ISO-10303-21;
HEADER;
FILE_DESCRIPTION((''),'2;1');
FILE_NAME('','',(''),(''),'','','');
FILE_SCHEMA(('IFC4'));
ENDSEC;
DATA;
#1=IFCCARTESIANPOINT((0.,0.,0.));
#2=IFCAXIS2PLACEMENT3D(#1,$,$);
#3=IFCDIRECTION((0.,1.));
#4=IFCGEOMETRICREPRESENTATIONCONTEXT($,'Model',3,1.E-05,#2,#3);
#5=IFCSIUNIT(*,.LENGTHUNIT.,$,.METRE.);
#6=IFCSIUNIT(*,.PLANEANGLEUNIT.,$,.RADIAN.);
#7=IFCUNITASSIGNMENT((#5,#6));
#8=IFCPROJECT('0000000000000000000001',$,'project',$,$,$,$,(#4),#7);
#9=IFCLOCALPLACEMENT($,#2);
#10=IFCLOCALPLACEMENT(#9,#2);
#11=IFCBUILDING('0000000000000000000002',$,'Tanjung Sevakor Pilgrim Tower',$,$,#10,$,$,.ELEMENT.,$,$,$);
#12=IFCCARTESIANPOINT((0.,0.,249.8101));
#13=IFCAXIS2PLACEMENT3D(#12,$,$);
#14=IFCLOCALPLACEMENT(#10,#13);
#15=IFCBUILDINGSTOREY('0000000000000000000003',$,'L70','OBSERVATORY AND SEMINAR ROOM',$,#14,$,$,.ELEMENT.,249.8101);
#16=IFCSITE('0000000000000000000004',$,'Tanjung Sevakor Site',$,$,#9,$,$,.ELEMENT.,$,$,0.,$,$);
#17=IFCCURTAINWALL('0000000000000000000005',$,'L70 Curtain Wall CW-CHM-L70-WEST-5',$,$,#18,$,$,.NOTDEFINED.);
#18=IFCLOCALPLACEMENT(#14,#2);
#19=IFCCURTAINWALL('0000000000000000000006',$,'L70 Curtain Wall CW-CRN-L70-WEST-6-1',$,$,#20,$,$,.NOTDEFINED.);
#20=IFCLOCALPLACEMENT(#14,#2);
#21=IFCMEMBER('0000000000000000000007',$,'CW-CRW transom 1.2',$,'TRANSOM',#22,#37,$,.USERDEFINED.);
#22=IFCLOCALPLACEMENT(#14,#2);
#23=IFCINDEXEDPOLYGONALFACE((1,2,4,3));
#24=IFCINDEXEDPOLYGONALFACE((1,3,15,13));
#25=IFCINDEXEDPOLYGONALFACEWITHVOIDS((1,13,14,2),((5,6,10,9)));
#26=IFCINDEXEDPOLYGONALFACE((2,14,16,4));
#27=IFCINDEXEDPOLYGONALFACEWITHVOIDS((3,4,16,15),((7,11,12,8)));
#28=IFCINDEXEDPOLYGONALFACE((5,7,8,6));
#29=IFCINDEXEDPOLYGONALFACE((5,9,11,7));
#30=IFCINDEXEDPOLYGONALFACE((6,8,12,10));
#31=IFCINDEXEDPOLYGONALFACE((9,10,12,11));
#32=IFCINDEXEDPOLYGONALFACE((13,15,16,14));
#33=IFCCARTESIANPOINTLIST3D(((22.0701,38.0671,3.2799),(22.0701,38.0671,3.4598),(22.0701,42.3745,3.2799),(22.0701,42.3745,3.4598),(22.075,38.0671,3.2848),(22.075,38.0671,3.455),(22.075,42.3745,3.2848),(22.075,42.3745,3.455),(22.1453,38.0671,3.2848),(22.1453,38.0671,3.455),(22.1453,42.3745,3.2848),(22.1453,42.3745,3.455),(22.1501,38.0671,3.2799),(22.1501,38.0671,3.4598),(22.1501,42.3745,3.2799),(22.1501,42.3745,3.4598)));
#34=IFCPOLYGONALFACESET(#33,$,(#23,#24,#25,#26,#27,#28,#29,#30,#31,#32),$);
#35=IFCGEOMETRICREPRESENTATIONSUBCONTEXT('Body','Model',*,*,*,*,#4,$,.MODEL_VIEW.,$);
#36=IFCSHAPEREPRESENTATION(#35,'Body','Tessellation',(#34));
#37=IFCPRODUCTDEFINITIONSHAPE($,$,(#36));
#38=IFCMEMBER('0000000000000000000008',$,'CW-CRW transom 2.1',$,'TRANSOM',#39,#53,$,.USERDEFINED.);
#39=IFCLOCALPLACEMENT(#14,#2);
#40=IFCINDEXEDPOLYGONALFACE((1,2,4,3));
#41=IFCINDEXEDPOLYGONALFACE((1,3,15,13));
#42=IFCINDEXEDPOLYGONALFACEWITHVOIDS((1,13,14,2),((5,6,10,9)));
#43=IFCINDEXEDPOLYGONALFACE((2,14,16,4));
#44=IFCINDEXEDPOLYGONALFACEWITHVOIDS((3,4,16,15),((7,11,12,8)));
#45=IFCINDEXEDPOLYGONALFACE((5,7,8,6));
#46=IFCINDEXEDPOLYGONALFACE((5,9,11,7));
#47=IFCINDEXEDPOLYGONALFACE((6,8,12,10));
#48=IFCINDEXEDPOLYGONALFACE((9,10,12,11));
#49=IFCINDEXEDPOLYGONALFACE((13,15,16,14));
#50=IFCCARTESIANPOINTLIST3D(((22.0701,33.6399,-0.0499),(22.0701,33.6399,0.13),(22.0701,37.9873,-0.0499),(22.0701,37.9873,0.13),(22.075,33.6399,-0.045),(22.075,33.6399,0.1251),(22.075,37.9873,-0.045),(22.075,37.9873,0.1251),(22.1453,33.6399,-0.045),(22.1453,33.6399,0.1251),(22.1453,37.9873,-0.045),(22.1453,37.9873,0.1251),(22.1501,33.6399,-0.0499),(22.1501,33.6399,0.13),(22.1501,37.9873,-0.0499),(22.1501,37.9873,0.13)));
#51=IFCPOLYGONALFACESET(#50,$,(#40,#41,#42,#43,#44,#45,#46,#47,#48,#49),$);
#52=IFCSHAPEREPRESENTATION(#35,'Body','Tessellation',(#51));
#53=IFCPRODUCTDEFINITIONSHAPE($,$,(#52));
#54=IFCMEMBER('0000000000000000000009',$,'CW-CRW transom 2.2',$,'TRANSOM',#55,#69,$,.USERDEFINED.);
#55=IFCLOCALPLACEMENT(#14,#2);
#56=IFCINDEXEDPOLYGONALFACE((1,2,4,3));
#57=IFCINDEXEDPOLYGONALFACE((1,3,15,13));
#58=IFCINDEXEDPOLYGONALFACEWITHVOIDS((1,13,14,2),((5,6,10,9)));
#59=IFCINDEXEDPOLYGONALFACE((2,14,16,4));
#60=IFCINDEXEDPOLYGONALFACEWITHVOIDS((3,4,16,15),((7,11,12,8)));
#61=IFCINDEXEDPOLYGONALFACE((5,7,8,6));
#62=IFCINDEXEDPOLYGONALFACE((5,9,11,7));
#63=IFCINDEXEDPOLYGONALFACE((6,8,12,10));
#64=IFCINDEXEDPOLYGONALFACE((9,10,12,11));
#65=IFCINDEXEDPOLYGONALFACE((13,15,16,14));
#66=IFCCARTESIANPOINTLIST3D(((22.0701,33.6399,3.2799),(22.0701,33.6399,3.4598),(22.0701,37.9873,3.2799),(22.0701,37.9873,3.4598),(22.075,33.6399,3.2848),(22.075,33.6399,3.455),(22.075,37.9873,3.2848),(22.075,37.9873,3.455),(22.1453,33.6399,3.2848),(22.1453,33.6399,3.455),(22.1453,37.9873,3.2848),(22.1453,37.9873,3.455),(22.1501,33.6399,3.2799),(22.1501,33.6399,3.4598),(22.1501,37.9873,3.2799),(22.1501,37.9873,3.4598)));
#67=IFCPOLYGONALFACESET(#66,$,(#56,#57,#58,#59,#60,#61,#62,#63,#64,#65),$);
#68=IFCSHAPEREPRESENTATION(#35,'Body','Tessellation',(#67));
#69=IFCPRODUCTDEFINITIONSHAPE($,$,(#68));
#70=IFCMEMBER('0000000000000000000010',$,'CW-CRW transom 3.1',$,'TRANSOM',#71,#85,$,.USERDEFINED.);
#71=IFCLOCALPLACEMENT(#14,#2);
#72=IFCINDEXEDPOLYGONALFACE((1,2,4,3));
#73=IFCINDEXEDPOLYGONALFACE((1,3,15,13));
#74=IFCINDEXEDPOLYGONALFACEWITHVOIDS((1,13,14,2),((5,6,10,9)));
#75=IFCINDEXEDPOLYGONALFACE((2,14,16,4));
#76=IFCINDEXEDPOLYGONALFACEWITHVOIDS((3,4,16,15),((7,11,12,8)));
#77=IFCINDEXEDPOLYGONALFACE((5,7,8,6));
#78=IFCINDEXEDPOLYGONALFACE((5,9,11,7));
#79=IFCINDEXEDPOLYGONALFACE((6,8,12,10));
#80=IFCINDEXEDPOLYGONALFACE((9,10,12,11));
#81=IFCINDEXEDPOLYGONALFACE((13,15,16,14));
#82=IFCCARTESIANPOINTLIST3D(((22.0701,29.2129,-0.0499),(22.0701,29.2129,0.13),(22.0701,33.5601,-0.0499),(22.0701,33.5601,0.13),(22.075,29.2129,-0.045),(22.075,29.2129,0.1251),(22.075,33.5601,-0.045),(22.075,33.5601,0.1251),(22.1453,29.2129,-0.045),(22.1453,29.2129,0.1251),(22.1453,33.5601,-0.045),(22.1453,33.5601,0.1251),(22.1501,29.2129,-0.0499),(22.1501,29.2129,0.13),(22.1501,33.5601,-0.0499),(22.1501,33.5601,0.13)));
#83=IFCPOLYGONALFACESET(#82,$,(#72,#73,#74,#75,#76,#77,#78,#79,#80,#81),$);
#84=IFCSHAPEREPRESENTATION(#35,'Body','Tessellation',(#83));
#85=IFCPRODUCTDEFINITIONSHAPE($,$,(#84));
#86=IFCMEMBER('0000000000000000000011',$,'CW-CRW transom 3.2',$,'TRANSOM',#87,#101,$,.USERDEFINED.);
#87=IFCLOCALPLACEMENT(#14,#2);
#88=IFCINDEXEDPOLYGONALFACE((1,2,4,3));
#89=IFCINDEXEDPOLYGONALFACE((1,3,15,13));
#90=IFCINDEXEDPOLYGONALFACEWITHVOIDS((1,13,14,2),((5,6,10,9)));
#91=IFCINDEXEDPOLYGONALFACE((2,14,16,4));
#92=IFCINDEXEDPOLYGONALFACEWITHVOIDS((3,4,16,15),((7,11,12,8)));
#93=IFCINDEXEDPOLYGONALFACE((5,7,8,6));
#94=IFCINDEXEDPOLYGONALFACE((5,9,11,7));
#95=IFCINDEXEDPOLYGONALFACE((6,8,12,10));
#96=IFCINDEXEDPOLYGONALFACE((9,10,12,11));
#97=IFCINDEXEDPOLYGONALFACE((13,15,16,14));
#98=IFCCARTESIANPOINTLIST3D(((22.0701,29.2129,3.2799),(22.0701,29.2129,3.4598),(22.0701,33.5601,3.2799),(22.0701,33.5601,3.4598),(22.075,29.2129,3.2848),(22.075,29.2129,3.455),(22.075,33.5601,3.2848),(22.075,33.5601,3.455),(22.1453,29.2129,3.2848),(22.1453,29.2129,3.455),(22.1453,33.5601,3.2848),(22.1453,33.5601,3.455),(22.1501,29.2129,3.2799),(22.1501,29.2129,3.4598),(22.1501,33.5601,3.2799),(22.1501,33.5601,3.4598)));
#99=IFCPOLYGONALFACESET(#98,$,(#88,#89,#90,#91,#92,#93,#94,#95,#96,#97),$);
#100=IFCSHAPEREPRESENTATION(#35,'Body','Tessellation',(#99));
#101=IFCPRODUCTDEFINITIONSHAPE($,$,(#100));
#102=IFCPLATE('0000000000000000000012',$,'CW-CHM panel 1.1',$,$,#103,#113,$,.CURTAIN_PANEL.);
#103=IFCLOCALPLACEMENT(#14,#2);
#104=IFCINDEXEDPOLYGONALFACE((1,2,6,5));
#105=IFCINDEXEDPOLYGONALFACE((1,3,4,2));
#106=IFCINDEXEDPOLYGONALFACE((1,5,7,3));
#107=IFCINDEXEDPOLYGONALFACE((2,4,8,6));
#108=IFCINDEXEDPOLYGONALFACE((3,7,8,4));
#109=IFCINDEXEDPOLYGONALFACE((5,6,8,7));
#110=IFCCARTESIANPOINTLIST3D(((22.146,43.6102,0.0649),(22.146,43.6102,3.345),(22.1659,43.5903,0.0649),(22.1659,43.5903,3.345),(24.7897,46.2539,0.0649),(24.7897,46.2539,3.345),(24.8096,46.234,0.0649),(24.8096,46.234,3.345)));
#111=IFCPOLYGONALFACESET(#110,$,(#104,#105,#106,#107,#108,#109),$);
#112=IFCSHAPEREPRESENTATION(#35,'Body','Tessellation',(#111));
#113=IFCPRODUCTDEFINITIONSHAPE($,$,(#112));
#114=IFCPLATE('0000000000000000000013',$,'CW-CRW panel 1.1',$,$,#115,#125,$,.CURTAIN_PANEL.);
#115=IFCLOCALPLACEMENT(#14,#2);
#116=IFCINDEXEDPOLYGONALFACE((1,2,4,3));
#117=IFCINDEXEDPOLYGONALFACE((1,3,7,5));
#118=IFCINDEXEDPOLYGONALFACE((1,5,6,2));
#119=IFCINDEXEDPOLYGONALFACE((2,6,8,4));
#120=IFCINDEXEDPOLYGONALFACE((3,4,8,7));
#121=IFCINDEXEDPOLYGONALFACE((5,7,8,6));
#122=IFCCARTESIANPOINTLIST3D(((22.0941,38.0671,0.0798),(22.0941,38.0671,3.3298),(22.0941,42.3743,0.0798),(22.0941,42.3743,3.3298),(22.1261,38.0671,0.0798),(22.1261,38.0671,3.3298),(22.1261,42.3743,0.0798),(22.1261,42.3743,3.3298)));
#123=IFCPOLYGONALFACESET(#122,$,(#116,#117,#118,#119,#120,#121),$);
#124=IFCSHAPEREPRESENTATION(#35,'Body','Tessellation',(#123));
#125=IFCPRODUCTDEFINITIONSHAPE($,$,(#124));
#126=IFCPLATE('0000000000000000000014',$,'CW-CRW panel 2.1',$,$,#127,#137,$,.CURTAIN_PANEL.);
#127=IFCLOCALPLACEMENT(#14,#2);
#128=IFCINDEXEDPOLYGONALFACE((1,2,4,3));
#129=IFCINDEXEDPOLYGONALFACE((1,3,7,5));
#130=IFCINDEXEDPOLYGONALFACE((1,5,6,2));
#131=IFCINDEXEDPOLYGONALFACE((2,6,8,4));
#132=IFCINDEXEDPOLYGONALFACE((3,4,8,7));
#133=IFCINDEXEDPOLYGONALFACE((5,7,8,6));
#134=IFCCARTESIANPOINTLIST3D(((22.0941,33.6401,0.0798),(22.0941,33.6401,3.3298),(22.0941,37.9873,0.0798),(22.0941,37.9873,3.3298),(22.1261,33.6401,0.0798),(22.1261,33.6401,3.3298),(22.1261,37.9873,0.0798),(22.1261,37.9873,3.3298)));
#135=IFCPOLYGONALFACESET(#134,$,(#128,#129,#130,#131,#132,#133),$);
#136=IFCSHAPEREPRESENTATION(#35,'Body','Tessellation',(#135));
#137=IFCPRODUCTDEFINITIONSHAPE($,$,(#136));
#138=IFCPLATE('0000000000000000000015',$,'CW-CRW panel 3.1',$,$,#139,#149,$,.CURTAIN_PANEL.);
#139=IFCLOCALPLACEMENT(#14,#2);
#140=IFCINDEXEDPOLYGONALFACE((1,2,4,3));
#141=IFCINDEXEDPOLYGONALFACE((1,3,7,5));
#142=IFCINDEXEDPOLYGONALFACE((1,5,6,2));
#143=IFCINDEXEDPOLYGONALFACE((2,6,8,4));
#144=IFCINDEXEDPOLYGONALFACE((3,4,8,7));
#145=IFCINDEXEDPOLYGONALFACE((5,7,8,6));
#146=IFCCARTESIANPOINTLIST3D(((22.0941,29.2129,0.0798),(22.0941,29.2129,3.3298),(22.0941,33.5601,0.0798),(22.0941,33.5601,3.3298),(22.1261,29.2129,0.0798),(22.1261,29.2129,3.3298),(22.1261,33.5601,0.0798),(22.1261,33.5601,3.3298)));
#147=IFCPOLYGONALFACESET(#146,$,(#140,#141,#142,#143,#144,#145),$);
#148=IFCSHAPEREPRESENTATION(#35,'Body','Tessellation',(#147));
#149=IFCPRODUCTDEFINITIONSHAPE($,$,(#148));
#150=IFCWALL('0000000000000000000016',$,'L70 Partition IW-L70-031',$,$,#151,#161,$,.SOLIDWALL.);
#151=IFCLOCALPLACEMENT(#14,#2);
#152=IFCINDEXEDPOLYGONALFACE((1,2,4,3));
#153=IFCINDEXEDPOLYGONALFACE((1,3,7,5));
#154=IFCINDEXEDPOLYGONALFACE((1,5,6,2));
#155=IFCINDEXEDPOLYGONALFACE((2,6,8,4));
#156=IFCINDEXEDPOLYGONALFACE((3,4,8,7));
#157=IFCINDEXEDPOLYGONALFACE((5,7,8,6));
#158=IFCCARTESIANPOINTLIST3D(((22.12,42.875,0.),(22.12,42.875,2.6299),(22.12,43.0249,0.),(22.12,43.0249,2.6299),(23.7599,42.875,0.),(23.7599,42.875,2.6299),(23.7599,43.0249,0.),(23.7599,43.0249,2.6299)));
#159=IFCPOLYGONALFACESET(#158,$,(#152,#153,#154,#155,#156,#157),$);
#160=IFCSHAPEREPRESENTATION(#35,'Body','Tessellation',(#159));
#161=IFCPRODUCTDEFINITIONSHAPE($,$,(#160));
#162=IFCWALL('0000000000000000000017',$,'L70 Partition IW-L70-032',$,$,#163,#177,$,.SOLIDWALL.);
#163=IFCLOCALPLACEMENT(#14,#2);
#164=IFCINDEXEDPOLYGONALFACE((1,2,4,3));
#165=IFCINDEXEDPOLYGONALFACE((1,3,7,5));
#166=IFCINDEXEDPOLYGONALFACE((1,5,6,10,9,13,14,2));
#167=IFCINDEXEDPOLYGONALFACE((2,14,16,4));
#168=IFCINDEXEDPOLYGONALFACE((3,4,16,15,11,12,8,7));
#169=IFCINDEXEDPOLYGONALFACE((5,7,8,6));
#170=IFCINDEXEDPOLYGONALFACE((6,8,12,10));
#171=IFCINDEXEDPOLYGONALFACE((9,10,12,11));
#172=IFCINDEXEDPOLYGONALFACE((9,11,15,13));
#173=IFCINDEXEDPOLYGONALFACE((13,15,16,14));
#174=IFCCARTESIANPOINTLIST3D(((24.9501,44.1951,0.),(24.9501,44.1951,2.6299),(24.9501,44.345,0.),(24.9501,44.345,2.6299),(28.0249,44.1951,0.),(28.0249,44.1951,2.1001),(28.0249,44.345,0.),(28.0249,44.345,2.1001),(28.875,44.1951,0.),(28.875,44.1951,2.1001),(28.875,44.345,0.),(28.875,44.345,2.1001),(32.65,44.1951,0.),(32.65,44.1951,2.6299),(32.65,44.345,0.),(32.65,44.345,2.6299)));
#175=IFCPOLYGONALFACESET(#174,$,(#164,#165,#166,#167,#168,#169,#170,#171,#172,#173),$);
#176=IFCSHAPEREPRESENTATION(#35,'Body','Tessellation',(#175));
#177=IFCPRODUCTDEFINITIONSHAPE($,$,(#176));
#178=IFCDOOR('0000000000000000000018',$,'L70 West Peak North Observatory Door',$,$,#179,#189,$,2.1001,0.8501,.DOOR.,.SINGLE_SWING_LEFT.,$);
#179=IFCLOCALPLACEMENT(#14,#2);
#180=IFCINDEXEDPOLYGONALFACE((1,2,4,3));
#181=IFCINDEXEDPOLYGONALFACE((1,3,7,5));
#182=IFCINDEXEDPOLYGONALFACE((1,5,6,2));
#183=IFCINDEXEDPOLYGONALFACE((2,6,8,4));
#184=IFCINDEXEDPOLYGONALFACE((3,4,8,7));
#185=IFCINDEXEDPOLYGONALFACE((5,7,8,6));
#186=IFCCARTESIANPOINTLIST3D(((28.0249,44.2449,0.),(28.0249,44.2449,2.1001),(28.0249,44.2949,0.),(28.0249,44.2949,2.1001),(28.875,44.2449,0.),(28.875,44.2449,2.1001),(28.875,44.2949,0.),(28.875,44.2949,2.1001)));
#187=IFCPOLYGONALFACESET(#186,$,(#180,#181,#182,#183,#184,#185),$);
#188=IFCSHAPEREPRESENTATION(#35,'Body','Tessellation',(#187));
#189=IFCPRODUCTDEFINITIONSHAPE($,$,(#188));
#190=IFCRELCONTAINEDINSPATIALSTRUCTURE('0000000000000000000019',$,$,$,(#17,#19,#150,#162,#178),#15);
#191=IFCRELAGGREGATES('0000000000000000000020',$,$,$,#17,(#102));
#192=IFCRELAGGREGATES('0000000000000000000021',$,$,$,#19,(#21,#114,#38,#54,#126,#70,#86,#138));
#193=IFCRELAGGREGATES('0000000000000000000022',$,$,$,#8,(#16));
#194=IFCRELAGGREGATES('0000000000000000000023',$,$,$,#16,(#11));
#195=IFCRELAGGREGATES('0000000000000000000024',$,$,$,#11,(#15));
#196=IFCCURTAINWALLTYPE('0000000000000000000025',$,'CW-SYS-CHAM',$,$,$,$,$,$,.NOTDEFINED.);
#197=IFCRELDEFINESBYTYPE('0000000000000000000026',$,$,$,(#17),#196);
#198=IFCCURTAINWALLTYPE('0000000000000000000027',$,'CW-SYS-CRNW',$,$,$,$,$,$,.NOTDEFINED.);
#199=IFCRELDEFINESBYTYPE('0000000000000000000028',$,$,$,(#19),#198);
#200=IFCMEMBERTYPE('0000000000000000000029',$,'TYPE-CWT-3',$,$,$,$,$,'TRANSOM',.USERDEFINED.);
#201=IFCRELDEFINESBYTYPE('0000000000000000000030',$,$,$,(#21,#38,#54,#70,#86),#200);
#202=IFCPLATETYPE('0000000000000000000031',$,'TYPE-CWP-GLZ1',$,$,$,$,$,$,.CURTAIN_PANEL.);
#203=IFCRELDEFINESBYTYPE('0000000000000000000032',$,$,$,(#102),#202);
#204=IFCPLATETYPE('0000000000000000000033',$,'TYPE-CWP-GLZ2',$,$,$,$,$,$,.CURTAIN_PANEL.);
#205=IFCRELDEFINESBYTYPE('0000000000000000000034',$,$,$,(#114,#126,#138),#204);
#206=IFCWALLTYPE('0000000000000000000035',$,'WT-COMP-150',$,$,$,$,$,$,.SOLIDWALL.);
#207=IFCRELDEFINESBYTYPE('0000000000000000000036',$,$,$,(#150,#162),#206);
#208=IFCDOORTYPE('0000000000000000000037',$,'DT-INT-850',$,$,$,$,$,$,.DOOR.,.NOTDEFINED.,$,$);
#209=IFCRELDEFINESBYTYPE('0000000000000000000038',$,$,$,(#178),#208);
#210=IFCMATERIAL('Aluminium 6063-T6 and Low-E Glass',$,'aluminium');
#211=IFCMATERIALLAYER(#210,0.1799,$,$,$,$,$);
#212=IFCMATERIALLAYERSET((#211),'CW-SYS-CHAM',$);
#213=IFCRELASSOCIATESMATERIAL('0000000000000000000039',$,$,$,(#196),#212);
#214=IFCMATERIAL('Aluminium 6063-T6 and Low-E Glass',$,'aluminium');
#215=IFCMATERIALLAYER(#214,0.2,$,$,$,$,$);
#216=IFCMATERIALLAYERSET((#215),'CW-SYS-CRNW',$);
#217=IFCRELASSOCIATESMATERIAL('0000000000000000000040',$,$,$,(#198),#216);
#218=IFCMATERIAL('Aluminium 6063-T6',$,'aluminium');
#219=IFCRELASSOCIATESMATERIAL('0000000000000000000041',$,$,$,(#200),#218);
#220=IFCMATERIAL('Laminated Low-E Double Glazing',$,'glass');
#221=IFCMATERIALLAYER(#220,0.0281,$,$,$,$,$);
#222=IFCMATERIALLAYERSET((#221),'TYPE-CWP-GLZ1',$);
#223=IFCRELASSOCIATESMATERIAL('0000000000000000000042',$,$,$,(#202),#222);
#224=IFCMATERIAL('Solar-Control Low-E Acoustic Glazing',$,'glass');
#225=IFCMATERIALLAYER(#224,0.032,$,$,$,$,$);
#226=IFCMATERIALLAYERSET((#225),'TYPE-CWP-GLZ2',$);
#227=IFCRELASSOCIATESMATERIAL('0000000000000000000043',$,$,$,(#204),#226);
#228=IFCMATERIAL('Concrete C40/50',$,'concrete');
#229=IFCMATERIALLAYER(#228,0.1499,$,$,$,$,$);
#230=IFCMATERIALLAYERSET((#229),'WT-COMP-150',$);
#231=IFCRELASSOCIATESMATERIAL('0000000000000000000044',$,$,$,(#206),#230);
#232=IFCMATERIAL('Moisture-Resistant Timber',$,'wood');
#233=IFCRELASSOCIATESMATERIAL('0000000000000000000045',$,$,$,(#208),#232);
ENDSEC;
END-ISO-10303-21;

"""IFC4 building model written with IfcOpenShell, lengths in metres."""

from ifc_helpers import new_model, si_unit, direction, frame, frame_2d, origin, origin_2d, place, context, subcontext, project, spatial, rectangle, hollow_rectangle, extrude, material, layer, layer_set, material_profile, profile_set, type_object, element, fill, aggregate, save


model = new_model("IFC4")

# Units and contexts
model_context = context("Model", 3, precision=1e-05, world=origin(), true_north=direction((0.0, 1.0)))
body_context = subcontext(model_context, "Body", "Model", "MODEL_VIEW")
ifc_project = project(units=[si_unit("LENGTHUNIT", "METRE"), si_unit("PLANEANGLEUNIT", "RADIAN")], contexts=[model_context])

# Site, building, storey
site_placement = place(None, origin())
site = spatial("IfcSite", under=ifc_project, at=site_placement, Name="Tanjung Sevakor Site", CompositionType="ELEMENT", RefElevation=0.0)
building_placement = place(site_placement, origin())
building = spatial("IfcBuilding", under=site, at=building_placement, Name="Tanjung Sevakor Pilgrim Tower", CompositionType="ELEMENT")
storey_placement = place(building_placement, frame((0.0, 0.0, 249.8101)))
storey = spatial("IfcBuildingStorey", under=building, at=storey_placement, Name="L70", Description="OBSERVATORY AND SEMINAR ROOM", CompositionType="ELEMENT", Elevation=249.8101)

# Curtain wall
ifc_material_1 = material(Name="Aluminium 6063-T6 and Low-E Glass", Category="aluminium")
ifc_layer_1 = layer(ifc_material_1, 0.1799)
ifc_layer_set_1 = layer_set([ifc_layer_1], Name="CW-SYS-CHAM")
curtain_wall_type_1 = type_object("IfcCurtainWallType", Name="CW-SYS-CHAM", PredefinedType="NOTDEFINED", material=ifc_layer_set_1)
curtain_wall_1_placement = place(storey_placement, origin())
curtain_wall_1 = element("IfcCurtainWall", 1, at=curtain_wall_1_placement, inside=storey, type_object=curtain_wall_type_1, Name="L70 Curtain Wall CW-CHM-L70-WEST-5", PredefinedType="NOTDEFINED")

# Shared definitions
ifc_material_2 = material(Name="Aluminium 6063-T6 and Low-E Glass", Category="aluminium")
ifc_layer_2 = layer(ifc_material_2, 0.2)
ifc_layer_set_2 = layer_set([ifc_layer_2], Name="CW-SYS-CRNW")
curtain_wall_type_2 = type_object("IfcCurtainWallType", Name="CW-SYS-CRNW", PredefinedType="NOTDEFINED", material=ifc_layer_set_2)

# Curtain wall
curtain_wall_2_placement = place(storey_placement, origin())
curtain_wall_2 = element("IfcCurtainWall", 2, at=curtain_wall_2_placement, inside=storey, type_object=curtain_wall_type_2, Name="L70 Curtain Wall CW-CRN-L70-WEST-6-1", PredefinedType="NOTDEFINED")

# Members
ifc_material_3 = material(Name="Aluminium 6063-T6", Category="aluminium")
ifc_material_profile_1 = material_profile(ifc_material_3, hollow_rectangle(XDim=0.0801, YDim=0.1799, WallThickness=0.0049, at=origin_2d()))
ifc_profile_set_1 = profile_set([ifc_material_profile_1], Name="Aluminium 6063-T6")
member_type_1 = type_object("IfcMemberType", Name="TYPE-CWT-3", ElementType="TRANSOM", PredefinedType="USERDEFINED", material=ifc_profile_set_1)
member_1_placement = place(storey_placement, frame((22.1101, 42.3745, 3.3699), z_axis=(0.0, -1.0, 0.0), x_axis=(1.0, 0.0, 0.0)))
member_1 = element("IfcMember", 3, at=member_1_placement, type_object=member_type_1, Name="CW-CRW transom 1.2", ObjectType="TRANSOM", PredefinedType="USERDEFINED", context=body_context, shape_type="SweptSolid", body=[
    extrude(hollow_rectangle(XDim=0.0801, YDim=0.1799, WallThickness=0.0049, at=origin_2d()), origin(), (0.0, 0.0, 1.0), 4.3074),
])
member_2_placement = place(storey_placement, frame((22.1101, 37.9873, 0.04), z_axis=(0.0, -1.0, 0.0), x_axis=(1.0, 0.0, 0.0)))
member_2 = element("IfcMember", 4, at=member_2_placement, type_object=member_type_1, Name="CW-CRW transom 2.1", ObjectType="TRANSOM", PredefinedType="USERDEFINED", context=body_context, shape_type="SweptSolid", body=[
    extrude(hollow_rectangle(XDim=0.0801, YDim=0.1799, WallThickness=0.0049, at=origin_2d()), origin(), (0.0, 0.0, 1.0), 4.3474),
])
member_3_placement = place(storey_placement, frame((22.1101, 37.9873, 3.3699), z_axis=(0.0, -1.0, 0.0), x_axis=(1.0, 0.0, 0.0)))
member_3 = element("IfcMember", 5, at=member_3_placement, type_object=member_type_1, Name="CW-CRW transom 2.2", ObjectType="TRANSOM", PredefinedType="USERDEFINED", context=body_context, shape_type="SweptSolid", body=[
    extrude(hollow_rectangle(XDim=0.0801, YDim=0.1799, WallThickness=0.0049, at=origin_2d()), origin(), (0.0, 0.0, 1.0), 4.3474),
])
member_4_placement = place(storey_placement, frame((22.1101, 33.5601, 0.04), z_axis=(0.0, -1.0, 0.0), x_axis=(1.0, 0.0, 0.0)))
member_4 = element("IfcMember", 6, at=member_4_placement, type_object=member_type_1, Name="CW-CRW transom 3.1", ObjectType="TRANSOM", PredefinedType="USERDEFINED", context=body_context, shape_type="SweptSolid", body=[
    extrude(hollow_rectangle(XDim=0.0801, YDim=0.1799, WallThickness=0.0049, at=origin_2d()), origin(), (0.0, 0.0, 1.0), 4.3472),
])
member_5_placement = place(storey_placement, frame((22.1101, 33.5601, 3.3699), z_axis=(0.0, -1.0, 0.0), x_axis=(1.0, 0.0, 0.0)))
member_5 = element("IfcMember", 7, at=member_5_placement, type_object=member_type_1, Name="CW-CRW transom 3.2", ObjectType="TRANSOM", PredefinedType="USERDEFINED", context=body_context, shape_type="SweptSolid", body=[
    extrude(hollow_rectangle(XDim=0.0801, YDim=0.1799, WallThickness=0.0049, at=origin_2d()), origin(), (0.0, 0.0, 1.0), 4.3472),
])

# Plates
ifc_material_4 = material(Name="Laminated Low-E Double Glazing", Category="glass")
ifc_layer_3 = layer(ifc_material_4, 0.0281)
ifc_layer_set_3 = layer_set([ifc_layer_3], Name="TYPE-CWP-GLZ1")
plate_type_1 = type_object("IfcPlateType", Name="TYPE-CWP-GLZ1", PredefinedType="CURTAIN_PANEL", material=ifc_layer_set_3)
plate_1_placement = place(storey_placement, frame((23.4778, 44.9221, 0.0649), z_axis=(0.0, 0.0, 1.0), x_axis=(-0.707107, -0.707107, 0.0)))
plate_1 = element("IfcPlate", 8, at=plate_1_placement, type_object=plate_type_1, Name="CW-CHM panel 1.1", PredefinedType="CURTAIN_PANEL", context=body_context, shape_type="SweptSolid", body=[
    extrude(rectangle(XDim=3.7388, YDim=0.0281, at=origin_2d()), origin(), (0.0, 0.0, 1.0), 3.28),
])
aggregate(curtain_wall_1, [plate_1])
ifc_material_5 = material(Name="Solar-Control Low-E Acoustic Glazing", Category="glass")
ifc_layer_4 = layer(ifc_material_5, 0.032)
ifc_layer_set_4 = layer_set([ifc_layer_4], Name="TYPE-CWP-GLZ2")
plate_type_2 = type_object("IfcPlateType", Name="TYPE-CWP-GLZ2", PredefinedType="CURTAIN_PANEL", material=ifc_layer_set_4)
plate_2_placement = place(storey_placement, frame((22.1101, 40.2207, 0.0798), z_axis=(0.0, 0.0, 1.0), x_axis=(0.0, -1.0, 0.0)))
plate_2 = element("IfcPlate", 9, at=plate_2_placement, type_object=plate_type_2, Name="CW-CRW panel 1.1", PredefinedType="CURTAIN_PANEL", context=body_context, shape_type="SweptSolid", body=[
    extrude(rectangle(XDim=4.3071, YDim=0.032, at=origin_2d()), origin(), (0.0, 0.0, 1.0), 3.25),
])
plate_3_placement = place(storey_placement, frame((22.1101, 35.8137, 0.0798), z_axis=(0.0, 0.0, 1.0), x_axis=(0.0, -1.0, 0.0)))
plate_3 = element("IfcPlate", 10, at=plate_3_placement, type_object=plate_type_2, Name="CW-CRW panel 2.1", PredefinedType="CURTAIN_PANEL", context=body_context, shape_type="SweptSolid", body=[
    extrude(rectangle(XDim=4.3472, YDim=0.032, at=origin_2d()), origin(), (0.0, 0.0, 1.0), 3.25),
])
plate_4_placement = place(storey_placement, frame((22.1101, 31.3865, 0.0798), z_axis=(0.0, 0.0, 1.0), x_axis=(0.0, -1.0, 0.0)))
plate_4 = element("IfcPlate", 11, at=plate_4_placement, type_object=plate_type_2, Name="CW-CRW panel 3.1", PredefinedType="CURTAIN_PANEL", context=body_context, shape_type="SweptSolid", body=[
    extrude(rectangle(XDim=4.3472, YDim=0.032, at=origin_2d()), origin(), (0.0, 0.0, 1.0), 3.25),
])
aggregate(curtain_wall_2, [member_1, plate_2, member_2, member_3, plate_3, member_4, member_5, plate_4])

# Wall
ifc_material_6 = material(Name="Concrete C40/50", Category="concrete")
ifc_layer_5 = layer(ifc_material_6, 0.1499)
ifc_layer_set_5 = layer_set([ifc_layer_5], Name="WT-COMP-150")
wall_type_1 = type_object("IfcWallType", Name="WT-COMP-150", PredefinedType="SOLIDWALL", material=ifc_layer_set_5)
wall_1_placement = place(storey_placement, frame((22.1201, 42.95, 0.0), z_axis=(0.0, 0.0, 1.0), x_axis=(1.0, 0.0, 0.0)))
element("IfcWall", 12, at=wall_1_placement, inside=storey, type_object=wall_type_1, Name="L70 Partition IW-L70-031", PredefinedType="SOLIDWALL", context=body_context, shape_type="SweptSolid", body=[
    extrude(rectangle(XDim=1.6399, YDim=0.1499, at=frame_2d((0.8198, 0.0))), origin(), (0.0, 0.0, 1.0), 2.6299),
])

# Wall, opening, door
wall_2_placement = place(storey_placement, frame((24.95, 44.27, 0.0), z_axis=(0.0, 0.0, 1.0), x_axis=(1.0, 0.0, 0.0)))
wall_2 = element("IfcWall", 13, at=wall_2_placement, inside=storey, type_object=wall_type_1, Name="L70 Partition IW-L70-032", PredefinedType="SOLIDWALL", context=body_context, shape_type="SweptSolid", body=[
    extrude(rectangle(XDim=7.7, YDim=0.1499, at=frame_2d((3.8501, 0.0))), origin(), (0.0, 0.0, 1.0), 2.6299),
])
opening_placement = place(wall_2_placement, frame((3.075, 0.0, 0.0)))
opening = element("IfcOpeningElement", 14, at=opening_placement, cuts=wall_2, PredefinedType="OPENING", context=body_context, shape_type="SweptSolid", body=[
    extrude(rectangle(XDim=0.8501, YDim=2.1001, at=frame_2d((0.425, 1.05))), frame((0.0, 0.085, 0.0), z_axis=(0.0, -1.0, 0.0), x_axis=(1.0, 0.0, 0.0)), (0.0, 0.0, 1.0), 0.1699),
])
ifc_material_7 = material(Name="Moisture-Resistant Timber", Category="wood")
door_type = type_object("IfcDoorType", Name="DT-INT-850", OperationType="NOTDEFINED", PredefinedType="DOOR", material=ifc_material_7)
door_placement = place(opening_placement, origin())
door = element("IfcDoor", 15, at=door_placement, inside=storey, type_object=door_type, Name="L70 West Peak North Observatory Door", OperationType="SINGLE_SWING_LEFT", OverallHeight=2.1001, OverallWidth=0.8501, PredefinedType="DOOR", context=body_context, shape_type="SweptSolid", body=[
    extrude(rectangle(XDim=0.8501, YDim=2.1001, at=frame_2d((0.425, 1.05))), frame((0.0, 0.0249, 0.0), z_axis=(0.0, -1.0, 0.0), x_axis=(1.0, 0.0, 0.0)), (0.0, 0.0, 1.0), 0.05),
])
fill(opening, door)

save(model, "model.ifc")
